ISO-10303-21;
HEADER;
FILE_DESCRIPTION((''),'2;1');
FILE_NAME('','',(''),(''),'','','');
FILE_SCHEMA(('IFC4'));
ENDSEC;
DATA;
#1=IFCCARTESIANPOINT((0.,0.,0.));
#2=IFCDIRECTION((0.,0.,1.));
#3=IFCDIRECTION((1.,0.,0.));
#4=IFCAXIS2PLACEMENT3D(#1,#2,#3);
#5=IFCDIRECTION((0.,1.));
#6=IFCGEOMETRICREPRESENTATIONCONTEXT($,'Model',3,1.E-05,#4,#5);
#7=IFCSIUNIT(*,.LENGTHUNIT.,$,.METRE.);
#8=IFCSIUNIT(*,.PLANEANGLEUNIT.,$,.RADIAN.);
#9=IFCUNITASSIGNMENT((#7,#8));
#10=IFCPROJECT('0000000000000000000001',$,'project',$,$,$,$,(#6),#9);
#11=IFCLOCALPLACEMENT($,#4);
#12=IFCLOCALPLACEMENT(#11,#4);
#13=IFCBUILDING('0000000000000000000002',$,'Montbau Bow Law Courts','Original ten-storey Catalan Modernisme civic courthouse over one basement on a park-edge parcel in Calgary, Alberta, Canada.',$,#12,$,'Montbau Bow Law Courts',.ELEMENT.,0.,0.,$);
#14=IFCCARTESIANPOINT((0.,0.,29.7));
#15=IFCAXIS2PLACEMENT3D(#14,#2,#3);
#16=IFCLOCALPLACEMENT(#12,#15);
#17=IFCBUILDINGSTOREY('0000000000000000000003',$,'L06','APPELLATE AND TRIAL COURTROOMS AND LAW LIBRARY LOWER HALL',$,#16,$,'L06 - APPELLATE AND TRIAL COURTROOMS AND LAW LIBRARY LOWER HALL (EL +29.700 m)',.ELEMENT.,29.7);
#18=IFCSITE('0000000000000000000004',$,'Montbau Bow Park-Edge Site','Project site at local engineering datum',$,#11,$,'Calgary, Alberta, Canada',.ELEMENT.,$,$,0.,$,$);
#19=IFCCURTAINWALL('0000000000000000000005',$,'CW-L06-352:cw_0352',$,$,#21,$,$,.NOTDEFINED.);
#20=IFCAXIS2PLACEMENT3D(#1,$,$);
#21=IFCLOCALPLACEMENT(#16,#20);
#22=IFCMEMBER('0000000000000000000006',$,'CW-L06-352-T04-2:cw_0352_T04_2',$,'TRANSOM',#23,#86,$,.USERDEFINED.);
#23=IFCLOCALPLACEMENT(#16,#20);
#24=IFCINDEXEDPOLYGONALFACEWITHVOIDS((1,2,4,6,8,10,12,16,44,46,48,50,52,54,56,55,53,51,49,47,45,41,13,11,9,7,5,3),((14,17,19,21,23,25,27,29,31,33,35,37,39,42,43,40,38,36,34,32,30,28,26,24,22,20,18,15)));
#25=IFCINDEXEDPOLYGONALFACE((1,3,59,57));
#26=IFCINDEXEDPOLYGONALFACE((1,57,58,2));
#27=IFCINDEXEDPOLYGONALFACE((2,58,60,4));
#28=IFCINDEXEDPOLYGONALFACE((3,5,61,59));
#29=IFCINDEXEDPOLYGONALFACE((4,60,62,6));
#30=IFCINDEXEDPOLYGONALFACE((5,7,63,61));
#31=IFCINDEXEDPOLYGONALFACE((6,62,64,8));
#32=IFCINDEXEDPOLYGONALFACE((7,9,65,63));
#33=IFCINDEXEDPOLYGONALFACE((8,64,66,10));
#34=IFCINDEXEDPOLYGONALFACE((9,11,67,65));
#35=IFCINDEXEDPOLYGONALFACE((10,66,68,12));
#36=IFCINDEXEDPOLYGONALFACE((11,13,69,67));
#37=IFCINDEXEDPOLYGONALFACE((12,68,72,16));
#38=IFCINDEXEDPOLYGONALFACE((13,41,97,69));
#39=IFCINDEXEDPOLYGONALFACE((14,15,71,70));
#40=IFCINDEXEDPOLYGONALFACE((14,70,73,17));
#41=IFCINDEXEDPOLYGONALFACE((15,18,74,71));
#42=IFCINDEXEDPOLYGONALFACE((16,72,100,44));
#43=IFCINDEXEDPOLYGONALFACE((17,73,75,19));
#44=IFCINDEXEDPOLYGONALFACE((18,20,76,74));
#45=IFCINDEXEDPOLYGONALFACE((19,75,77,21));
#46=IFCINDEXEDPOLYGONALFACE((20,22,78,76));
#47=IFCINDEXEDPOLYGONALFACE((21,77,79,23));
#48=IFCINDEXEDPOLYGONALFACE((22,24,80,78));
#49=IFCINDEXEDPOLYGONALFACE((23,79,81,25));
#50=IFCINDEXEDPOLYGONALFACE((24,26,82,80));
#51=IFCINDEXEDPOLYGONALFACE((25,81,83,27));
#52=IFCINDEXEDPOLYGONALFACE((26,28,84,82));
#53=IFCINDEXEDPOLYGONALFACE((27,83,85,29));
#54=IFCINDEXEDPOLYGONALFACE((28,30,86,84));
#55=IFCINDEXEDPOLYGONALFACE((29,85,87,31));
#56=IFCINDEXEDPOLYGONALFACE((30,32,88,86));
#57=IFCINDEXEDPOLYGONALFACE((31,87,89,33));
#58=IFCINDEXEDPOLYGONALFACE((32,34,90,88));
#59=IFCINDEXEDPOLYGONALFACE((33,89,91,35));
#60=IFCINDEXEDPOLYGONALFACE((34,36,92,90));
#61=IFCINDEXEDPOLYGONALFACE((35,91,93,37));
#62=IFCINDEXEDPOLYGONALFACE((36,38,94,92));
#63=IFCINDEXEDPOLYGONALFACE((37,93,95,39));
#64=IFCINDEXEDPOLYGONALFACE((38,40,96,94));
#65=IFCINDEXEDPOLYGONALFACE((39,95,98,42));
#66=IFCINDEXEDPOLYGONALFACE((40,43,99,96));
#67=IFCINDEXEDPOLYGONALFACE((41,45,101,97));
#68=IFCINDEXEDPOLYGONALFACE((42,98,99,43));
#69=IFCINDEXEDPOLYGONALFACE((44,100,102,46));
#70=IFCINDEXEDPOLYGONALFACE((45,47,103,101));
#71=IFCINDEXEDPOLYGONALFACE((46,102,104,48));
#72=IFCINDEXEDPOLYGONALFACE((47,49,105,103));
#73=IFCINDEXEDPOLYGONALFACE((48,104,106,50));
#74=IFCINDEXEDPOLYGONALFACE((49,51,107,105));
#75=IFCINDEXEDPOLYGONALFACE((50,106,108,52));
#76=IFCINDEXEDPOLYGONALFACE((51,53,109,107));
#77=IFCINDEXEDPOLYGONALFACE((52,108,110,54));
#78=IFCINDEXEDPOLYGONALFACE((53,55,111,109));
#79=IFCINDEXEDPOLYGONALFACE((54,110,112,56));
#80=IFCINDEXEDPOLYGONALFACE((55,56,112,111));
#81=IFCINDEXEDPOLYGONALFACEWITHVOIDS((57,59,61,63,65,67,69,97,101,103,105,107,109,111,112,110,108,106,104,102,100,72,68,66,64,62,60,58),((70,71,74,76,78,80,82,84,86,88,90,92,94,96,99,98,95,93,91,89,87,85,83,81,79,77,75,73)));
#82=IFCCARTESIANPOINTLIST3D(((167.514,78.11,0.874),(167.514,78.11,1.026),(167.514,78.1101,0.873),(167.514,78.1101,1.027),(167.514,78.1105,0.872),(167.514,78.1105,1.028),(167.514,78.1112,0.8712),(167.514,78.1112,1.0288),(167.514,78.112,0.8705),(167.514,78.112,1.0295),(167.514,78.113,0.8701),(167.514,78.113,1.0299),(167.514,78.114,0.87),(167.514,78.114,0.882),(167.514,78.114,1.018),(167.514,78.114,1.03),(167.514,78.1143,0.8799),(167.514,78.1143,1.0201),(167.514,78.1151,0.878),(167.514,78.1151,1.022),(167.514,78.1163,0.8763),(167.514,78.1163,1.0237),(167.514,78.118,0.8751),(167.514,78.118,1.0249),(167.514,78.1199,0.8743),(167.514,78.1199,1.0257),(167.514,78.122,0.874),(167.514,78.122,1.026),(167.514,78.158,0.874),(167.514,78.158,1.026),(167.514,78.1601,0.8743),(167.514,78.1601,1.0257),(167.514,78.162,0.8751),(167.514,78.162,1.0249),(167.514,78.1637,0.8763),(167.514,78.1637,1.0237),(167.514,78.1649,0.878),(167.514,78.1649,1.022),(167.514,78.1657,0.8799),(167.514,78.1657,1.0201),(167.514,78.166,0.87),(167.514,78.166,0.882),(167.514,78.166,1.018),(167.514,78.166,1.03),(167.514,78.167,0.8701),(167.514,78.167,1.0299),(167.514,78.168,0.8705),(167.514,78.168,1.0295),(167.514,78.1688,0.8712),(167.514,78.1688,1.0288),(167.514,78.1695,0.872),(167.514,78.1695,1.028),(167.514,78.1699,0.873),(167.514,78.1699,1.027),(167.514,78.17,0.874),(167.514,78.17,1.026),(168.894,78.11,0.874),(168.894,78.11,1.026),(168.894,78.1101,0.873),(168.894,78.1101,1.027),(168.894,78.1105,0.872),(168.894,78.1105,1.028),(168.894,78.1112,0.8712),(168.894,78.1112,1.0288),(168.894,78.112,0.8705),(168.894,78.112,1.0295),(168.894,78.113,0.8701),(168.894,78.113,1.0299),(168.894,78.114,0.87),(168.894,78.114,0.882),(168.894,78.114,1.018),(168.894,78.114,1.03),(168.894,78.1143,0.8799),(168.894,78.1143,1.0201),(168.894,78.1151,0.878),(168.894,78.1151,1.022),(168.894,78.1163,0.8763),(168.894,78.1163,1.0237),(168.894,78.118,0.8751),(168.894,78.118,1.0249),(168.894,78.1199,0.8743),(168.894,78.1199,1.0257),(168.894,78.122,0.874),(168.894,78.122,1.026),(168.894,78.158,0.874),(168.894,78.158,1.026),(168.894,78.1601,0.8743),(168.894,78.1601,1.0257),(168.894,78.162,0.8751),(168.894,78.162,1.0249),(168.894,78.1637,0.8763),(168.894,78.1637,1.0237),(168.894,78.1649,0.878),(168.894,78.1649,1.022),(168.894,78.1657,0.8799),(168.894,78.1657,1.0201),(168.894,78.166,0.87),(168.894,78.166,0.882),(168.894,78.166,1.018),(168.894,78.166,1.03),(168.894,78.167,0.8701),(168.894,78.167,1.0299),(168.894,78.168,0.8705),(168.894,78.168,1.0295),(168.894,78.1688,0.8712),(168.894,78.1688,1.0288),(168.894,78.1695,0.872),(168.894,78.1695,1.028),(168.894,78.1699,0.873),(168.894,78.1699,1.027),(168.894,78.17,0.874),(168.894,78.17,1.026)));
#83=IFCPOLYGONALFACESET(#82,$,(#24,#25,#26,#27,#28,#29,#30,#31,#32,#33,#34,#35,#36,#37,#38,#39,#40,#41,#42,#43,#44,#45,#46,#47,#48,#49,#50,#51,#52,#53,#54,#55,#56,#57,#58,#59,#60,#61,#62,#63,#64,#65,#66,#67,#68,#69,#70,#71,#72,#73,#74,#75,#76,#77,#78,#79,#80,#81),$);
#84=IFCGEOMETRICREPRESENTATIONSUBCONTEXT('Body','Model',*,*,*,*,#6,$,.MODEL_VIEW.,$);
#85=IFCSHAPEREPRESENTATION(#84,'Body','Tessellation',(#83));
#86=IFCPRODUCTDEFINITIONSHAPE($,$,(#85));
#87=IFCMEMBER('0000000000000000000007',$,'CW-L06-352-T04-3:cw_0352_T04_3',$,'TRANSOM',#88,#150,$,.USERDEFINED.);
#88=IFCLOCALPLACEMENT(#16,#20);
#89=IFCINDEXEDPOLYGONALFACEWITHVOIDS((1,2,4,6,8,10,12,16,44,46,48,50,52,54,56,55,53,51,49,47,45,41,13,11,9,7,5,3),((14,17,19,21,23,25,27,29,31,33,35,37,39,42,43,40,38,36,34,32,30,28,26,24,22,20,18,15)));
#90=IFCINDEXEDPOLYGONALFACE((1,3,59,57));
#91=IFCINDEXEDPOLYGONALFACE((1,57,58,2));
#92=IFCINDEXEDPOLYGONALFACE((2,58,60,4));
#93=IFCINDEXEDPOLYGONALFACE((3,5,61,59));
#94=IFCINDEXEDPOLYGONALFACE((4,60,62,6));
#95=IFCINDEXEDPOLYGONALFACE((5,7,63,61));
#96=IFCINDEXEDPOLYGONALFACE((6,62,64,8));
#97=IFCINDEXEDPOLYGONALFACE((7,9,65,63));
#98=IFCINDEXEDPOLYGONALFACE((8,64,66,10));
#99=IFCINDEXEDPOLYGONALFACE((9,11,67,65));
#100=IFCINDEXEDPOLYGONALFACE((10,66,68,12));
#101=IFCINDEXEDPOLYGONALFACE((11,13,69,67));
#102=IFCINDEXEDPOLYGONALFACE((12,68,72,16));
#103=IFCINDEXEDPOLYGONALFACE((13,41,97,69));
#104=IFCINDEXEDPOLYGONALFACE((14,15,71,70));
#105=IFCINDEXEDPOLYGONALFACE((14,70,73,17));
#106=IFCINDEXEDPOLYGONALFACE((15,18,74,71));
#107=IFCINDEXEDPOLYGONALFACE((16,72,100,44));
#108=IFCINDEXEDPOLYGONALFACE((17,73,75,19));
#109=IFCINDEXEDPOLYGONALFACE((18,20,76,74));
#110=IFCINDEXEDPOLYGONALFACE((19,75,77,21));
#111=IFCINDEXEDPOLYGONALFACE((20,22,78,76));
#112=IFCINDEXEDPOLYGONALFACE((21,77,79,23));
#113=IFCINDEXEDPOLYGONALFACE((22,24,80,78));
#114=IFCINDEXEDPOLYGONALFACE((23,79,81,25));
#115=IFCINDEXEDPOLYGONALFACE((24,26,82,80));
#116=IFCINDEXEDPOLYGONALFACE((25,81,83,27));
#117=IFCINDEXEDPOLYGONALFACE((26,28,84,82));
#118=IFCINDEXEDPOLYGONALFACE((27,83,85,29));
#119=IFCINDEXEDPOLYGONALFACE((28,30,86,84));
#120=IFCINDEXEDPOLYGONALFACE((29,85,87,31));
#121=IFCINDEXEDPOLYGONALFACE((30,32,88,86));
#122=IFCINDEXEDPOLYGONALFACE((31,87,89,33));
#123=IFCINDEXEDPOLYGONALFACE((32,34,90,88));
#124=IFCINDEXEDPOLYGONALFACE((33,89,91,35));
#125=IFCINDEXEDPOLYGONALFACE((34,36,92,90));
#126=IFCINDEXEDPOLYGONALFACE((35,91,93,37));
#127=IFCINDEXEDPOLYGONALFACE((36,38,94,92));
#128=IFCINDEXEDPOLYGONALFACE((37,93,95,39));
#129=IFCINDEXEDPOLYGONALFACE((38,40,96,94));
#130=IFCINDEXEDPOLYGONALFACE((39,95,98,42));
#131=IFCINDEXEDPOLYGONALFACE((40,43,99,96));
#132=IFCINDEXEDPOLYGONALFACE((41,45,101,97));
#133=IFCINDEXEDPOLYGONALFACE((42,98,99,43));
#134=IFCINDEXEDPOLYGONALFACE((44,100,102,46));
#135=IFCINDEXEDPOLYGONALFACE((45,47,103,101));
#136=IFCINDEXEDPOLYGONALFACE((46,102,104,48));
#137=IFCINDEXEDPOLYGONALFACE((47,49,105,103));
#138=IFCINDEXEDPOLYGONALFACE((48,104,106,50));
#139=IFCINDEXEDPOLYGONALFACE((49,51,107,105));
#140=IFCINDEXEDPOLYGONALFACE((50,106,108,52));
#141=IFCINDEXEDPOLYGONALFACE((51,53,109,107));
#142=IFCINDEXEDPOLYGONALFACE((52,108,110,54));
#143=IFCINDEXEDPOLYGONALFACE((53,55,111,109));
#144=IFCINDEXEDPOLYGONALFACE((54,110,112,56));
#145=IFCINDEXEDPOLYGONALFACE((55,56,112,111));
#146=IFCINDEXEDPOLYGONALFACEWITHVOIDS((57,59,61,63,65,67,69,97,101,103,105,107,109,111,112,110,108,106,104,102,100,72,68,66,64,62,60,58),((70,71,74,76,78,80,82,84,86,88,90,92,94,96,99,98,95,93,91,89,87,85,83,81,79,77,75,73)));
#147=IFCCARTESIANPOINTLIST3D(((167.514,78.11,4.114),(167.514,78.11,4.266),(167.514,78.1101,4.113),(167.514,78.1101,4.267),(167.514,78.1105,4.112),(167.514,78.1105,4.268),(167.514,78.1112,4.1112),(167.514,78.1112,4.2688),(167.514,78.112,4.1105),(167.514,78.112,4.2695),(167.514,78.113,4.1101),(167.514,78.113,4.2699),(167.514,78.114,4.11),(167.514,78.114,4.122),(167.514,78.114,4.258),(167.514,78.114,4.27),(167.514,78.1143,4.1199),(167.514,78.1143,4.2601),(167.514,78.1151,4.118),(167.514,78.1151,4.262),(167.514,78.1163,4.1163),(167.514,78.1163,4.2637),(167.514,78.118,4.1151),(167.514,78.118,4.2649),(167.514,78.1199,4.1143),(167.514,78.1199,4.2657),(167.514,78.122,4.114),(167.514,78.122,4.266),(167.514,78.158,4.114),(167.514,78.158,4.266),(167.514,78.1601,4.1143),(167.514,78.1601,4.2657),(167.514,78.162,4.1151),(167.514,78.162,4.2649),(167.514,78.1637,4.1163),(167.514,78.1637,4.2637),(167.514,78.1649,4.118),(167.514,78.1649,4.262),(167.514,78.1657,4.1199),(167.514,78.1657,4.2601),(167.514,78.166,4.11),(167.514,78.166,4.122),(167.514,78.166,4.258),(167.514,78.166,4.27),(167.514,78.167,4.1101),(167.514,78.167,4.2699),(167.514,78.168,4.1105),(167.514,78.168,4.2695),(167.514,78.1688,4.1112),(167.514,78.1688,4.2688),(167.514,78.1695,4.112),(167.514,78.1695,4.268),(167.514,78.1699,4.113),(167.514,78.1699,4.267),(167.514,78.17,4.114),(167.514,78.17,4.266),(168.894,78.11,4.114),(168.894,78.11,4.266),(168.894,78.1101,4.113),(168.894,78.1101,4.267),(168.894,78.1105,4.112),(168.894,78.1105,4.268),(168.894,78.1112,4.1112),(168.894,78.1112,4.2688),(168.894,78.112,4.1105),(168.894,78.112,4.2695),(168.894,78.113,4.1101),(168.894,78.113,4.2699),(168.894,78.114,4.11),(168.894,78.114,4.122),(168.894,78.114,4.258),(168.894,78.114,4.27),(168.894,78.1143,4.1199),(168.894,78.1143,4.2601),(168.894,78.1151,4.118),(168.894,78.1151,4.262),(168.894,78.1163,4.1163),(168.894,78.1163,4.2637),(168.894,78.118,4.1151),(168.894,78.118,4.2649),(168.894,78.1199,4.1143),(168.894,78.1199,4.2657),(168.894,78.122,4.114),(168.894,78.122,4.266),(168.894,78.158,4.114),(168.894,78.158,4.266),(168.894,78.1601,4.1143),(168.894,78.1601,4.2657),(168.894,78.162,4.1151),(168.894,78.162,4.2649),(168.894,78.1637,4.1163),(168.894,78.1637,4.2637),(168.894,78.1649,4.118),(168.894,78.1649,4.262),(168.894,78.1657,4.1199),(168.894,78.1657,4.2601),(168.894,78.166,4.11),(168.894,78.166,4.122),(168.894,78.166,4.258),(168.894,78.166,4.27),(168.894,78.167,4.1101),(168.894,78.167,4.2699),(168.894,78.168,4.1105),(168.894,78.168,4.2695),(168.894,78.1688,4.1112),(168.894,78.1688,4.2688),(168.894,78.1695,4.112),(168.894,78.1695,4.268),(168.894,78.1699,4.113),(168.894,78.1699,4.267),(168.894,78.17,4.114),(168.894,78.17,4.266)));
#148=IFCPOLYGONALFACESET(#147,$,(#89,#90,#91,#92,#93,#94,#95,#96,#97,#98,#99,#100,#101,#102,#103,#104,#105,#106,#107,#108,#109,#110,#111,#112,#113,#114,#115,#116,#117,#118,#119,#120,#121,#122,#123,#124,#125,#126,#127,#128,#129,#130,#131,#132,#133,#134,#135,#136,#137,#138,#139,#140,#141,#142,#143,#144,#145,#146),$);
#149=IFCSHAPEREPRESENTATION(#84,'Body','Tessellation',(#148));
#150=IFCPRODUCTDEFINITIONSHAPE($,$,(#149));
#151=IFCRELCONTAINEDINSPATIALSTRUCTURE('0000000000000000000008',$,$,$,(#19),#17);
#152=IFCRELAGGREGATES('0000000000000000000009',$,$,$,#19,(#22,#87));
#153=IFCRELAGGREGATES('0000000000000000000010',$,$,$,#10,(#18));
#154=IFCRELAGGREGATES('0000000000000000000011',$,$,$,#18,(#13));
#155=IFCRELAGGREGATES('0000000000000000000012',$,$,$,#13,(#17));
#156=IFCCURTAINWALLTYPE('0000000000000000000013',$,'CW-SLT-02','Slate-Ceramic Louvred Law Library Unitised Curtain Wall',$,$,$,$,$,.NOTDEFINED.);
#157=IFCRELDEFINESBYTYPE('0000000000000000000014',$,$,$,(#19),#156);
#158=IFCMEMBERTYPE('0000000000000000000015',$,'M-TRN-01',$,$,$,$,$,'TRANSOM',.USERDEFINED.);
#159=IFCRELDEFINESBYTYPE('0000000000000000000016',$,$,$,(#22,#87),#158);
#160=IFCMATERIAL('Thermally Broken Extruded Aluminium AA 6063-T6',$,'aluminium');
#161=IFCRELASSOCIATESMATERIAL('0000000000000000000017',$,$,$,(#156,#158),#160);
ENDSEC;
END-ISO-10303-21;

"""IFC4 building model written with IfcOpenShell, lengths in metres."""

from ifc_helpers import new_model, si_unit, direction, frame, origin_with_axes, origin_2d_with_axis, place, context, subcontext, project, spatial, hollow_rectangle, extrude, material, material_profile, profile_set, type_object, element, aggregate, save


model = new_model("IFC4")

# Units and contexts
model_context = context("Model", 3, precision=1e-05, world=origin_with_axes(), true_north=direction((0.0, 1.0)))
body_context = subcontext(model_context, "Body", "Model", "MODEL_VIEW")
ifc_project = project(units=[si_unit("LENGTHUNIT", "METRE"), si_unit("PLANEANGLEUNIT", "RADIAN")], contexts=[model_context])

# Site, building, storey
site_placement = place(None, origin_with_axes())
site = spatial("IfcSite", under=ifc_project, at=site_placement, Name="Montbau Bow Park-Edge Site", Description="Project site at local engineering datum", LongName="Calgary, Alberta, Canada", CompositionType="ELEMENT", RefElevation=0.0)
building_placement = place(site_placement, origin_with_axes())
building = spatial("IfcBuilding", under=site, at=building_placement, Name="Montbau Bow Law Courts", Description="Original ten-storey Catalan Modernisme civic courthouse over one basement on a park-edge parcel in Calgary, Alberta, Canada.", LongName="Montbau Bow Law Courts", CompositionType="ELEMENT", ElevationOfRefHeight=0.0, ElevationOfTerrain=0.0)
storey_placement = place(building_placement, frame((0.0, 0.0, 29.7), z_axis=(0.0, 0.0, 1.0), x_axis=(1.0, 0.0, 0.0)))
storey = spatial("IfcBuildingStorey", under=building, at=storey_placement, Name="L06", Description="APPELLATE AND TRIAL COURTROOMS AND LAW LIBRARY LOWER HALL", LongName="L06 - APPELLATE AND TRIAL COURTROOMS AND LAW LIBRARY LOWER HALL (EL +29.700 m)", CompositionType="ELEMENT", Elevation=29.7)

# Curtain wall, members
ifc_material_1 = material(Name="Thermally Broken Extruded Aluminium AA 6063-T6", Category="aluminium")
curtain_wall_type = type_object("IfcCurtainWallType", Name="CW-SLT-02", Description="Slate-Ceramic Louvred Law Library Unitised Curtain Wall", PredefinedType="NOTDEFINED", material=ifc_material_1)
curtain_wall_1_placement = place(None, frame((163.04, 78.14, 29.7), z_axis=(0.0, 0.0, 1.0), x_axis=(1.0, 0.0, 0.0)))
curtain_wall_1 = element("IfcCurtainWall", 1, at=curtain_wall_1_placement, inside=storey, type_object=curtain_wall_type, Name="CW-L06-352:cw_0352", PredefinedType="NOTDEFINED")
ifc_material_profile_1 = material_profile(ifc_material_1, hollow_rectangle(XDim=0.06, YDim=0.16, WallThickness=0.004, InnerFilletRadius=0.008, OuterFilletRadius=0.004, at=origin_2d_with_axis()), Name="CWT-160X60", Category="Main", Priority=0)
ifc_profile_set_1 = profile_set([ifc_material_profile_1], Name="Thermally Broken Extruded Aluminium AA 6063-T6")
member_type_1 = type_object("IfcMemberType", Name="M-TRN-01", ElementType="TRANSOM", PredefinedType="USERDEFINED", material=ifc_profile_set_1)
member_1_placement = place(None, frame((167.514, 78.14, 30.65), z_axis=(1.0, 0.0, 0.0), x_axis=(0.0, 1.0, 0.0)))
member_1 = element("IfcMember", 2, at=member_1_placement, type_object=member_type_1, Name="CW-L06-352-T04-2:cw_0352_T04_2", ObjectType="TRANSOM", PredefinedType="USERDEFINED", context=body_context, shape_type="SweptSolid", body=[
    extrude(hollow_rectangle(XDim=0.06, YDim=0.16, WallThickness=0.004, InnerFilletRadius=0.008, OuterFilletRadius=0.004, at=origin_2d_with_axis()), origin_with_axes(), (0.0, 0.0, 1.0), 1.38),
])
member_2_placement = place(None, frame((167.514, 78.14, 33.89), z_axis=(1.0, 0.0, 0.0), x_axis=(0.0, 1.0, 0.0)))
member_2 = element("IfcMember", 3, at=member_2_placement, type_object=member_type_1, Name="CW-L06-352-T04-3:cw_0352_T04_3", ObjectType="TRANSOM", PredefinedType="USERDEFINED", context=body_context, shape_type="SweptSolid", body=[
    extrude(hollow_rectangle(XDim=0.06, YDim=0.16, WallThickness=0.004, InnerFilletRadius=0.008, OuterFilletRadius=0.004, at=origin_2d_with_axis()), origin_with_axes(), (0.0, 0.0, 1.0), 1.38),
])

aggregate(curtain_wall_1, [member_1, member_2])

save(model, "model.ifc")
